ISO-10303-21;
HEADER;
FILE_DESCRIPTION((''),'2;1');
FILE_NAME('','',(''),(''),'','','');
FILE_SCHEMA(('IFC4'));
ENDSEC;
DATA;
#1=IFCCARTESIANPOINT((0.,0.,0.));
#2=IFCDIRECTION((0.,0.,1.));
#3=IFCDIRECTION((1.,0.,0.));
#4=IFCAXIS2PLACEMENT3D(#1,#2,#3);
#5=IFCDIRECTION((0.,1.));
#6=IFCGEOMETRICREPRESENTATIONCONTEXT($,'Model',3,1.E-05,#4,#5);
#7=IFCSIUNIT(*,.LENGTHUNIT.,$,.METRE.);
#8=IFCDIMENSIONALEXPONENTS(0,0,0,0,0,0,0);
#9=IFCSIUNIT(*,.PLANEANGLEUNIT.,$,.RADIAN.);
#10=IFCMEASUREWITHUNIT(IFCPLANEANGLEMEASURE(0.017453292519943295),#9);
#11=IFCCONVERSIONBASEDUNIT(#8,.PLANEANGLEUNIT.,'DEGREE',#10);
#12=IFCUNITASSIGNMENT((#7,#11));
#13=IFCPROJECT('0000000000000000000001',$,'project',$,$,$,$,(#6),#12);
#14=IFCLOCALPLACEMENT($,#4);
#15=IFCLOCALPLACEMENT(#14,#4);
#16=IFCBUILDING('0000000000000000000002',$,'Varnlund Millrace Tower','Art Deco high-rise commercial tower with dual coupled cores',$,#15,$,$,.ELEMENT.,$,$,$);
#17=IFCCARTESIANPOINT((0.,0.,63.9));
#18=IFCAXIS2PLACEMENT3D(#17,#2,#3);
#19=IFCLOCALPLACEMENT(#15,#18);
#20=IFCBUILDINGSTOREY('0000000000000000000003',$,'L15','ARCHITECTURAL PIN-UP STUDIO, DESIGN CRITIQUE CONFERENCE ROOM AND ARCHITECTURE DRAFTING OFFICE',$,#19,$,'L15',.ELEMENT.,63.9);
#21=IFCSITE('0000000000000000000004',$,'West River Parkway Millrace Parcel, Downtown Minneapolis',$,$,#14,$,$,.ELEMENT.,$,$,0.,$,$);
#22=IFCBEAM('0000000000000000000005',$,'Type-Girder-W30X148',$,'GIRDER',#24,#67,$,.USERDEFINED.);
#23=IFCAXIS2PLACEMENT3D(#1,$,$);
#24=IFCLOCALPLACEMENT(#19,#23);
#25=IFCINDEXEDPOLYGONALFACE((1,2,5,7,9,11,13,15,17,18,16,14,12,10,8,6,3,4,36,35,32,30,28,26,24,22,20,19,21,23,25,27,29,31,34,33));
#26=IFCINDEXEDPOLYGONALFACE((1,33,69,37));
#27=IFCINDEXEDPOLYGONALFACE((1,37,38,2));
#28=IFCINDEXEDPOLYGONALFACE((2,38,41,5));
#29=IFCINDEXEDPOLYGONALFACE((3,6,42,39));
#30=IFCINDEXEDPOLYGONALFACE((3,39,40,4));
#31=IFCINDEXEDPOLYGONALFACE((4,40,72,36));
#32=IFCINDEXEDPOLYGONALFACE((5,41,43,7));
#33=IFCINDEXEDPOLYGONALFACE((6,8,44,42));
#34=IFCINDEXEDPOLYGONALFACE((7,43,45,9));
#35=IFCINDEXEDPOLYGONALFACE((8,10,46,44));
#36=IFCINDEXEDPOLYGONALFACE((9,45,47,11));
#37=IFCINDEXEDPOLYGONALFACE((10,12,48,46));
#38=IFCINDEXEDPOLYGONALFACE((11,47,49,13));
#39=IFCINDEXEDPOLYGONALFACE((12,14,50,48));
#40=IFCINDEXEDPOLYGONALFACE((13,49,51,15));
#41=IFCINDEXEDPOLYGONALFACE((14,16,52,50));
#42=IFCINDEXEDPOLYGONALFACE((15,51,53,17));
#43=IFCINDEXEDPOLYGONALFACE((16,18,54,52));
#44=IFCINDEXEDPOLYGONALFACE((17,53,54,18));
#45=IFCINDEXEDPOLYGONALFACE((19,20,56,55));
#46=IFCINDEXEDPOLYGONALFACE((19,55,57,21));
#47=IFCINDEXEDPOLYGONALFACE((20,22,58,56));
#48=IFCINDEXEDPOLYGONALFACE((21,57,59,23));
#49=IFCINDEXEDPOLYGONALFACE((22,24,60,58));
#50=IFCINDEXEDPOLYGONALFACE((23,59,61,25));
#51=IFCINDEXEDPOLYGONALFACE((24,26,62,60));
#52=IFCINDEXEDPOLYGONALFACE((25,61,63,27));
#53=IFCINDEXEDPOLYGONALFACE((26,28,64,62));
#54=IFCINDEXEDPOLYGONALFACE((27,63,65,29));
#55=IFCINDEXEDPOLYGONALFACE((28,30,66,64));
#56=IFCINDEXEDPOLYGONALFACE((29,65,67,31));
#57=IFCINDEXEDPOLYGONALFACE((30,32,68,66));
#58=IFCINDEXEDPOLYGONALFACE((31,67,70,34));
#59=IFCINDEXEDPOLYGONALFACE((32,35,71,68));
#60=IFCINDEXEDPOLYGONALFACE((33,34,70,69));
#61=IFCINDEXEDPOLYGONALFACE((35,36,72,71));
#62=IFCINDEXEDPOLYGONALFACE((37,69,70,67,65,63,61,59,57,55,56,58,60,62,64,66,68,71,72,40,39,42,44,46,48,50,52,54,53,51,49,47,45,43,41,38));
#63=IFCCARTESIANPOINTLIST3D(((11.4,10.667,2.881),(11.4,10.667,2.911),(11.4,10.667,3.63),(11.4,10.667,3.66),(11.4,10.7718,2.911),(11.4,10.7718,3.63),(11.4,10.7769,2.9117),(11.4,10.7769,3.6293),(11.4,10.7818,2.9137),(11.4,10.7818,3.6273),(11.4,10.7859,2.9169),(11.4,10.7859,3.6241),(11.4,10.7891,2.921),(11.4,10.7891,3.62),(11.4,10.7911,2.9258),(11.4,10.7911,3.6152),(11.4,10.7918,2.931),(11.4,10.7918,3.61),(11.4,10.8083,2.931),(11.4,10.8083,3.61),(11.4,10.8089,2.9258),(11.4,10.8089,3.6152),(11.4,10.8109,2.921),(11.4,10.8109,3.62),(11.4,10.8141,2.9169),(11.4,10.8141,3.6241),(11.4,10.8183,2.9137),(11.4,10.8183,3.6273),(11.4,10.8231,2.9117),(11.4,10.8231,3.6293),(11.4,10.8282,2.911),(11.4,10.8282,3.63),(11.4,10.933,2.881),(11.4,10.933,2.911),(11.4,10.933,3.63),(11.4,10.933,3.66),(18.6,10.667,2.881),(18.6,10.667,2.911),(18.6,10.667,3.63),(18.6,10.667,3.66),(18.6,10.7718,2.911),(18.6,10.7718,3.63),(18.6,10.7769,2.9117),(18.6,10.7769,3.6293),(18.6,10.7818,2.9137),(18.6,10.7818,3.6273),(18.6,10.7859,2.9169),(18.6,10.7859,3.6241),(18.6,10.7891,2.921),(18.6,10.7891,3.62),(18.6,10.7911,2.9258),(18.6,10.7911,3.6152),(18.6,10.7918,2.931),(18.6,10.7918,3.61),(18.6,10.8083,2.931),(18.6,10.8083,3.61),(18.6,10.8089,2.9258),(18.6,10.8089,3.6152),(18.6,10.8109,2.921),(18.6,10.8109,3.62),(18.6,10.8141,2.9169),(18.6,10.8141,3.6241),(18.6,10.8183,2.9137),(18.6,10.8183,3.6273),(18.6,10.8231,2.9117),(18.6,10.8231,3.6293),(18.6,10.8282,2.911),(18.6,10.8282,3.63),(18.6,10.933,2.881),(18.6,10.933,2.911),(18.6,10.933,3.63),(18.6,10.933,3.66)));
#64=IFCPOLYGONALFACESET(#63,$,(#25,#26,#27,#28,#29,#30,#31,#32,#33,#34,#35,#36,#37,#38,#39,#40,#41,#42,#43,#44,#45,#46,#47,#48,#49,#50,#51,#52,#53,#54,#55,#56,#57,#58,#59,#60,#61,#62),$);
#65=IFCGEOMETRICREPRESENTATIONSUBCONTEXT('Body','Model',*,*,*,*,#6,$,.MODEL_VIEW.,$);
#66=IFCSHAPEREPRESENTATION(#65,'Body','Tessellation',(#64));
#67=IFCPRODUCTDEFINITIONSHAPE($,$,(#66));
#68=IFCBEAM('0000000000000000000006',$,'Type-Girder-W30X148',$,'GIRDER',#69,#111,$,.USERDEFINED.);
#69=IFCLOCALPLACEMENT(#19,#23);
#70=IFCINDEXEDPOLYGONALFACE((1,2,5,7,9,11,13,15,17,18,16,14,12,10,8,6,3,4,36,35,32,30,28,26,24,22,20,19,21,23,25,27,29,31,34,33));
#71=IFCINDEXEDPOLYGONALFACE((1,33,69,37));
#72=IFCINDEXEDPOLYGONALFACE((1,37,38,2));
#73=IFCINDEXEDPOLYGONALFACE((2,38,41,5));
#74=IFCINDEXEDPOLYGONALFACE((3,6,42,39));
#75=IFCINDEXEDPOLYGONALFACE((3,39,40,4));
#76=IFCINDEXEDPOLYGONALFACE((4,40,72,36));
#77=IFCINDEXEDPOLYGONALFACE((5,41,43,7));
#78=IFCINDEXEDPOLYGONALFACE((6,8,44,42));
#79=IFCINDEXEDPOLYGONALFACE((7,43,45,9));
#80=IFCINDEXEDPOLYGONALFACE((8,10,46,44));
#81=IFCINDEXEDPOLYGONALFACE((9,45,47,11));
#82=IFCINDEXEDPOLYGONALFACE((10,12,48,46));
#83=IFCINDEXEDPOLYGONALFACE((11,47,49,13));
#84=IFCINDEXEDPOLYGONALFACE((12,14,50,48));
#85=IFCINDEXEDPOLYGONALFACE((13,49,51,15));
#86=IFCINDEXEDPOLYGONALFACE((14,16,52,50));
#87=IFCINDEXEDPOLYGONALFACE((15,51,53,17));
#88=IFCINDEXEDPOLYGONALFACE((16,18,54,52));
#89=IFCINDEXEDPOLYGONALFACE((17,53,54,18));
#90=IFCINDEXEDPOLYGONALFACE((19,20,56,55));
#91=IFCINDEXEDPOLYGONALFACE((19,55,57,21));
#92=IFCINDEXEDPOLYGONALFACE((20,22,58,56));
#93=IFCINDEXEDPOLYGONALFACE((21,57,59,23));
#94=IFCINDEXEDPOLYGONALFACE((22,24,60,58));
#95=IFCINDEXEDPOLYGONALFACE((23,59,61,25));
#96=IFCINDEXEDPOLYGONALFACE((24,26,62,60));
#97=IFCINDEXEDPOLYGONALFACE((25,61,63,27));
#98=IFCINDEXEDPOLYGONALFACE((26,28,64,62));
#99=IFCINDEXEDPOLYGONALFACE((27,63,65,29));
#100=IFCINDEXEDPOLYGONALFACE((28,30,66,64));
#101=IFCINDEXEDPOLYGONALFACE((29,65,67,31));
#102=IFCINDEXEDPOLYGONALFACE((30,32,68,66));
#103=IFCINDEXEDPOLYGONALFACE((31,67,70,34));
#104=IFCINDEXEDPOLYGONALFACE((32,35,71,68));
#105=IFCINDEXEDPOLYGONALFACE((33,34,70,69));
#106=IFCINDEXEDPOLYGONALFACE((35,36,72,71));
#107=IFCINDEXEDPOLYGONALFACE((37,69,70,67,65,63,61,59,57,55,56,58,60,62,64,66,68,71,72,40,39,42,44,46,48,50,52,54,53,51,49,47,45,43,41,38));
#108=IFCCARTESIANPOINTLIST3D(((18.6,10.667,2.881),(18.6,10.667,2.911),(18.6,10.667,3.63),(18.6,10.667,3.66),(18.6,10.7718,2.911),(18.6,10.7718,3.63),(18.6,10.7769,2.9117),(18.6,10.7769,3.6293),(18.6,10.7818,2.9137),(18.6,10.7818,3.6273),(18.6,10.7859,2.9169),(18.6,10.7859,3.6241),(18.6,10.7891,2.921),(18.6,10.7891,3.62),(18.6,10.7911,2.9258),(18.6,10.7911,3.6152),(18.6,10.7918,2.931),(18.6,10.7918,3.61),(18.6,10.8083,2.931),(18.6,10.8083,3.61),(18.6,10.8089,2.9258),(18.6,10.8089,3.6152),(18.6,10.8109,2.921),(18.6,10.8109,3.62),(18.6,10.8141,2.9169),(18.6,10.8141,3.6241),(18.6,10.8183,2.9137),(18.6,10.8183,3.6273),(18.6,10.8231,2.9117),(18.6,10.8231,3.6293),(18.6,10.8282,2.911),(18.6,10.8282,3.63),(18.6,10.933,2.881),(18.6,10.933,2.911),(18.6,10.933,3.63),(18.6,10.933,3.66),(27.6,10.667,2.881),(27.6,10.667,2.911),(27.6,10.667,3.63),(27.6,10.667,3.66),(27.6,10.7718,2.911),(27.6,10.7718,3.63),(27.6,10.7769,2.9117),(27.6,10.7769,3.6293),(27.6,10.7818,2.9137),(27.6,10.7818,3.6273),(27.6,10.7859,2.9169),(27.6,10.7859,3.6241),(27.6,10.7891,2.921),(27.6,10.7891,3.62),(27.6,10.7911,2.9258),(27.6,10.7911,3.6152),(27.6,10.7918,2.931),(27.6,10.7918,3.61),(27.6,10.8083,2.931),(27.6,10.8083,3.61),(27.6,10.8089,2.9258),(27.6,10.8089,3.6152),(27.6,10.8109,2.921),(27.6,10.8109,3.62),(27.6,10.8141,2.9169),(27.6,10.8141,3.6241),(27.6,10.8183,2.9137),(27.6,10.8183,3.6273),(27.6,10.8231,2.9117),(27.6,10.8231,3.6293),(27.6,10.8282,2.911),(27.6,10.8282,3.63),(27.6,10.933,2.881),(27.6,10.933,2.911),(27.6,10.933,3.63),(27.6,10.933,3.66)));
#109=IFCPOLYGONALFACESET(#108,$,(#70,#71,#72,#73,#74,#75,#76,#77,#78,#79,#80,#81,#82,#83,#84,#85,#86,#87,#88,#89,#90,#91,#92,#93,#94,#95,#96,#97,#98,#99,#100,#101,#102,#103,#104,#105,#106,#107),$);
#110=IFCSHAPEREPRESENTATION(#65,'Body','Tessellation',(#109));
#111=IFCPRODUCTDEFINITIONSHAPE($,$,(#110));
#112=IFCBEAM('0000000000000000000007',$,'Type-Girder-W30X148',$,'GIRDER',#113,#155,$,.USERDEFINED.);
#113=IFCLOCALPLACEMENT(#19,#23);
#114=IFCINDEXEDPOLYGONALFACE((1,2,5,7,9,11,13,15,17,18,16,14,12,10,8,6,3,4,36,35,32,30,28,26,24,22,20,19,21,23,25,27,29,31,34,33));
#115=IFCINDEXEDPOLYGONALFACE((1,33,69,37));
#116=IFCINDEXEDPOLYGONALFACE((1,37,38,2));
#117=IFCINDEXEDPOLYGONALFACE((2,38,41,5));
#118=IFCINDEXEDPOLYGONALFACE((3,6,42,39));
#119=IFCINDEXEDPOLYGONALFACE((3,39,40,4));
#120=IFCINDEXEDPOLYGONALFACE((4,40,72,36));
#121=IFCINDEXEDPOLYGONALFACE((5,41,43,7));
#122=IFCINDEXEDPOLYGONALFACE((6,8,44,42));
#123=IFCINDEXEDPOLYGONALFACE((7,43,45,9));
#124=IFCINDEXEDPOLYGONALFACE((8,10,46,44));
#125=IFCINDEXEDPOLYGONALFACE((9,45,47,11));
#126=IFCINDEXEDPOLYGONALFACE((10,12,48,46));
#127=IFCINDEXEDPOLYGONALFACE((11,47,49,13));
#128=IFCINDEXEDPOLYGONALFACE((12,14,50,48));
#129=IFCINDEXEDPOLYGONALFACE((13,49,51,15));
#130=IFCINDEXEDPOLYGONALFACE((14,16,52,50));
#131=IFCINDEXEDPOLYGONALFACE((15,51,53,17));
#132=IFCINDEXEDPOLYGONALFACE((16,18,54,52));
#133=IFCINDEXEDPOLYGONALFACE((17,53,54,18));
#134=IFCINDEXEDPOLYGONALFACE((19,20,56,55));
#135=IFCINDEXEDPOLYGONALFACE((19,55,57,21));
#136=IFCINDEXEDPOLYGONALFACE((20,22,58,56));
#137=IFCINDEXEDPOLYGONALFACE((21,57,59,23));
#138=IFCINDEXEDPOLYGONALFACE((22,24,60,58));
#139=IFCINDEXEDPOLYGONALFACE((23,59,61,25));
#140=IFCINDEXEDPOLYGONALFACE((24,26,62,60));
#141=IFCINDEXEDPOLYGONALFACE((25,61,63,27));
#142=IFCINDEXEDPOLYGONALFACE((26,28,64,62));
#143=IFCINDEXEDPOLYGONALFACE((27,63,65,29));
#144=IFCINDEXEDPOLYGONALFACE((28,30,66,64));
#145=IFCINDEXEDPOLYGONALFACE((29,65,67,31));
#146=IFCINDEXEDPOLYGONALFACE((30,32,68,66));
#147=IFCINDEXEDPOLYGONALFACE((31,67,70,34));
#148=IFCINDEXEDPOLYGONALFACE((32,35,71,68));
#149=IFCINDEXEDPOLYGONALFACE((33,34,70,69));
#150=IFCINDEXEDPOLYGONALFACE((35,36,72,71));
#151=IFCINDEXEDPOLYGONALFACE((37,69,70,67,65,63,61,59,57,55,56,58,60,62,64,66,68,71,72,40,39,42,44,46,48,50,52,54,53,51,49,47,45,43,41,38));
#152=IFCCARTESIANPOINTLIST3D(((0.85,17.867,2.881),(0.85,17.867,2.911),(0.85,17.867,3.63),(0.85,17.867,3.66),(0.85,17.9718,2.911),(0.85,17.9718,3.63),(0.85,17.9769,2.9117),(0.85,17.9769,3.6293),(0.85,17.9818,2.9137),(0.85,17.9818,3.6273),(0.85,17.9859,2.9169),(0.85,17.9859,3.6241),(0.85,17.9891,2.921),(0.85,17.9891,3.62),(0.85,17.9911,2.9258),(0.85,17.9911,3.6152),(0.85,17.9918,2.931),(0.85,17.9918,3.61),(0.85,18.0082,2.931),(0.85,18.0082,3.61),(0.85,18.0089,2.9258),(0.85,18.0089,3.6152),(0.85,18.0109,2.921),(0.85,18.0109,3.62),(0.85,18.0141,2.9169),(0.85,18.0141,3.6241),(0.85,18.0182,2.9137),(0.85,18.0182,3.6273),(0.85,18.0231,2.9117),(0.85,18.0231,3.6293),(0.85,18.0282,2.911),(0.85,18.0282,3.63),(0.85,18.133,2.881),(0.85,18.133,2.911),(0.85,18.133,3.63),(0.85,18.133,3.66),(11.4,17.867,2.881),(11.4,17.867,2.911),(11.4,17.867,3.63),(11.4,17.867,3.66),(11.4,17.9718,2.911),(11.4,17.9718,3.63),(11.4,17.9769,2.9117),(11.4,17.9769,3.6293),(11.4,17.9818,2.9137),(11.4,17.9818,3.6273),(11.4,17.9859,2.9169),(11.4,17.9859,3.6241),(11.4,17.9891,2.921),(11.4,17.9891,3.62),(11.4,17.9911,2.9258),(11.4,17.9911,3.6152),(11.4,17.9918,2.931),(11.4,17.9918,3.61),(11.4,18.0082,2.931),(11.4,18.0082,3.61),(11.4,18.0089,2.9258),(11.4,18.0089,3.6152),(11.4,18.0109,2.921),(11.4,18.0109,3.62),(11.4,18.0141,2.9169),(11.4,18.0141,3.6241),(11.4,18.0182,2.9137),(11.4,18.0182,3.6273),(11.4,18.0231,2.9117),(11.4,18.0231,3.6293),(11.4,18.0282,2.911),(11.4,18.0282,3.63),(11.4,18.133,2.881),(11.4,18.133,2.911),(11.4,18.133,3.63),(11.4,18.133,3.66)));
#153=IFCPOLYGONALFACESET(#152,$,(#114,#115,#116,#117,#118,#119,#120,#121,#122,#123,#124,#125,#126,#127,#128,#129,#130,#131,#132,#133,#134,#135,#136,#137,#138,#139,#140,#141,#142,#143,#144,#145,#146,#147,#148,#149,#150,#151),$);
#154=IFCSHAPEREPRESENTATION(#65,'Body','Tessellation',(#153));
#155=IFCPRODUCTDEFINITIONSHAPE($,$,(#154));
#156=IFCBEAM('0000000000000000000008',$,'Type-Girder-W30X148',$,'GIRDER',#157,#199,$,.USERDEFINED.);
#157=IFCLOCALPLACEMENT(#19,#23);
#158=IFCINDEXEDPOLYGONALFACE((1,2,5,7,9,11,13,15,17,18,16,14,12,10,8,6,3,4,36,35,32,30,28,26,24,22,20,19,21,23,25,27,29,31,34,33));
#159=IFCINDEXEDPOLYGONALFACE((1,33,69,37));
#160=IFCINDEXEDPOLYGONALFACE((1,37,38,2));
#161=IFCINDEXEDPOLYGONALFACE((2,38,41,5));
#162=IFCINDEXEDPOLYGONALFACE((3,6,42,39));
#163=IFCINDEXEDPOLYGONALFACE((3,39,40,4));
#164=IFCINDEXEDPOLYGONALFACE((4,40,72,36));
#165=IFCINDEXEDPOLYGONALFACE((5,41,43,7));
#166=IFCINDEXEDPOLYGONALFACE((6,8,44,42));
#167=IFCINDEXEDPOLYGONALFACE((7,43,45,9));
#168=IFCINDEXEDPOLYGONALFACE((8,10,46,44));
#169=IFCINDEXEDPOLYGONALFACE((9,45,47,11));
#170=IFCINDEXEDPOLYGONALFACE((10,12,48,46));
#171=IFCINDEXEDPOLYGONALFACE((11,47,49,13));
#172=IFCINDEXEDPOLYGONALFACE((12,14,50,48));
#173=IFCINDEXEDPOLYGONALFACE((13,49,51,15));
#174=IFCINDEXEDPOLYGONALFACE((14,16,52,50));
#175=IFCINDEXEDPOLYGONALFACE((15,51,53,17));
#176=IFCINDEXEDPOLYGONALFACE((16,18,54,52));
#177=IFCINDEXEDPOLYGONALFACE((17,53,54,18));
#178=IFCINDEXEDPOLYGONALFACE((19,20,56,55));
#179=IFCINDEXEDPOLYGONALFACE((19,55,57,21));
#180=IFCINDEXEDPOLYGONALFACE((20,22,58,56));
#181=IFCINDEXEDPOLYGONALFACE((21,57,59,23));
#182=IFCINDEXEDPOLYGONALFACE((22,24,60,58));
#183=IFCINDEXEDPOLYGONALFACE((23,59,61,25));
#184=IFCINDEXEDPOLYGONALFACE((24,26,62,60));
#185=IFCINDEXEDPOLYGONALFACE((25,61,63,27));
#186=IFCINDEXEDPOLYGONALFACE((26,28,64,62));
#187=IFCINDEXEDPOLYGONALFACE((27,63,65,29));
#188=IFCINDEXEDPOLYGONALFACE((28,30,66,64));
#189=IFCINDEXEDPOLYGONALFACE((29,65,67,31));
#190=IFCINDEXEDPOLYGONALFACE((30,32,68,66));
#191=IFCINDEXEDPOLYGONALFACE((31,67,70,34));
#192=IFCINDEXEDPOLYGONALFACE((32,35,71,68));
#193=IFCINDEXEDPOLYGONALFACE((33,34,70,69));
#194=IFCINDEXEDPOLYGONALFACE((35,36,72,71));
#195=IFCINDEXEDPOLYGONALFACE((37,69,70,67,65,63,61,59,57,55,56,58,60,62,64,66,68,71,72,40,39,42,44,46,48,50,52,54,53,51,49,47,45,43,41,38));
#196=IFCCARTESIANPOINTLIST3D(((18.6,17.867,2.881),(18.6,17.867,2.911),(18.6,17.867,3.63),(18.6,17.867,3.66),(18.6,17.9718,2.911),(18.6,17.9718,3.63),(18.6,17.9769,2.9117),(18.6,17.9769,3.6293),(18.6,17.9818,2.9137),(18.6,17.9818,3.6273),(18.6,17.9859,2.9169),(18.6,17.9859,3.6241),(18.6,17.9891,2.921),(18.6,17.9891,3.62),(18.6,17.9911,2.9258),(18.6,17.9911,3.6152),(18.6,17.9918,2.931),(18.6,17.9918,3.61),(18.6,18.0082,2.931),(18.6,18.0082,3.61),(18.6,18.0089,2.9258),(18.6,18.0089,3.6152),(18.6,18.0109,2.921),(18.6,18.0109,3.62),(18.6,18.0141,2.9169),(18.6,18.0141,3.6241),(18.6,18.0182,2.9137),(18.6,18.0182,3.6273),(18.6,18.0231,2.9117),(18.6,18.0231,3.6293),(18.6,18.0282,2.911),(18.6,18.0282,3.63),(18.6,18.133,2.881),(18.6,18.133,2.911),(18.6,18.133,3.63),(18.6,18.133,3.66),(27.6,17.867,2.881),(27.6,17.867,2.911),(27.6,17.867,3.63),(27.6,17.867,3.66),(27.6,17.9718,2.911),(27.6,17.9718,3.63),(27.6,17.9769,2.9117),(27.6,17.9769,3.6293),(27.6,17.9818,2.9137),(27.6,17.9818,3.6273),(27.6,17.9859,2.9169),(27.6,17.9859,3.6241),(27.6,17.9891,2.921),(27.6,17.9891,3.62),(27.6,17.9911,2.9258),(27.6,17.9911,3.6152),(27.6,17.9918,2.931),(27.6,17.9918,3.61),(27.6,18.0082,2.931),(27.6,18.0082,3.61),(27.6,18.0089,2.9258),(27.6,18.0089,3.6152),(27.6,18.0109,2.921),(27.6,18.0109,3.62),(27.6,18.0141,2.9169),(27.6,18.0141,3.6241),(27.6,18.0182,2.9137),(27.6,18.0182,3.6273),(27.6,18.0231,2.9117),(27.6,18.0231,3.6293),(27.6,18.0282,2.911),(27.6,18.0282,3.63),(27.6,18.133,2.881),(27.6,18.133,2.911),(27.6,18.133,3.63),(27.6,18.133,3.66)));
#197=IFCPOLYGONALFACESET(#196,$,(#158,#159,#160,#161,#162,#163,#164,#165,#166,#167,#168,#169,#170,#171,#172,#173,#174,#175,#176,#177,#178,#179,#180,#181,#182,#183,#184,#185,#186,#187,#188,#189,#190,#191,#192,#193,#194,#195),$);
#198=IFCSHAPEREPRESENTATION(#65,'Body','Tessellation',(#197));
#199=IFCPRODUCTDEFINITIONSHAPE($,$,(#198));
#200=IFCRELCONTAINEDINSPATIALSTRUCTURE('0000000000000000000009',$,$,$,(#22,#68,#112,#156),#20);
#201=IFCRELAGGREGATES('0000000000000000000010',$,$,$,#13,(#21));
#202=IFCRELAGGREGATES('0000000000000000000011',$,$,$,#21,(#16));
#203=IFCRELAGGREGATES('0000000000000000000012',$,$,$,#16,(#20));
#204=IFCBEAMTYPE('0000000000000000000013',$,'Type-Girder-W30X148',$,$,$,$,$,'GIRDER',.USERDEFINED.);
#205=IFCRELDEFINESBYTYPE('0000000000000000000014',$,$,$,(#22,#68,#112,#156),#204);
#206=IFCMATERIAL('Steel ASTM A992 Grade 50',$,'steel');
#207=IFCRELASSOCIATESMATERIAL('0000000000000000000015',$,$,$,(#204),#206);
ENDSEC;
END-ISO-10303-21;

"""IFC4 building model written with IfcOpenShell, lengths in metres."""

from ifc_helpers import new_model, entity, si_unit, converted_unit, direction, frame, origin_with_axes, origin_2d_with_axis, place, context, subcontext, project, spatial, i_section, extrude, material, material_profile, profile_set, type_object, element, save


model = new_model("IFC4")

# Units and contexts
model_context = context("Model", 3, precision=1e-05, world=origin_with_axes(), true_north=direction((0.0, 1.0)))
body_context = subcontext(model_context, "Body", "Model", "MODEL_VIEW")
ifc_project = project(units=[si_unit("LENGTHUNIT", "METRE"), converted_unit("PLANEANGLEUNIT", "DEGREE", entity("IfcPlaneAngleMeasure", 0.017453292519943295), si_unit("PLANEANGLEUNIT", "RADIAN"), dimensions=[0, 0, 0, 0, 0, 0, 0])], contexts=[model_context])

# Site, building, storey
site_placement = place(None, origin_with_axes())
site = spatial("IfcSite", under=ifc_project, at=site_placement, Name="West River Parkway Millrace Parcel, Downtown Minneapolis", CompositionType="ELEMENT", RefElevation=0.0)
building_placement = place(site_placement, origin_with_axes())
building = spatial("IfcBuilding", under=site, at=building_placement, Name="Varnlund Millrace Tower", Description="Art Deco high-rise commercial tower with dual coupled cores", CompositionType="ELEMENT")
storey_placement = place(building_placement, frame((0.0, 0.0, 63.9), z_axis=(0.0, 0.0, 1.0), x_axis=(1.0, 0.0, 0.0)))
storey = spatial("IfcBuildingStorey", under=building, at=storey_placement, Name="L15", Description="ARCHITECTURAL PIN-UP STUDIO, DESIGN CRITIQUE CONFERENCE ROOM AND ARCHITECTURE DRAFTING OFFICE", LongName="L15", CompositionType="ELEMENT", Elevation=63.9)

# Beams
ifc_material_1 = material(Name="Steel ASTM A992 Grade 50", Category="steel")
ifc_material_profile_1 = material_profile(ifc_material_1, i_section(OverallWidth=0.266, OverallDepth=0.779, WebThickness=0.0165, FlangeThickness=0.03, FilletRadius=0.02, at=origin_2d_with_axis()), Name="Steel ASTM A992 Grade 50")
ifc_profile_set_1 = profile_set([ifc_material_profile_1], Name="Steel ASTM A992 Grade 50")
beam_type_1 = type_object("IfcBeamType", Name="Type-Girder-W30X148", ElementType="GIRDER", PredefinedType="USERDEFINED", material=ifc_profile_set_1)
beam_1_placement = place(storey_placement, frame((11.4, 10.8, 3.2705), z_axis=(1.0, 0.0, 0.0), x_axis=(0.0, 1.0, 0.0)))
element("IfcBeam", 1, at=beam_1_placement, inside=storey, type_object=beam_type_1, Name="Type-Girder-W30X148", ObjectType="GIRDER", PredefinedType="USERDEFINED", context=body_context, shape_type="SweptSolid", body=[
    extrude(i_section(OverallWidth=0.266, OverallDepth=0.779, WebThickness=0.0165, FlangeThickness=0.03, FilletRadius=0.02, at=origin_2d_with_axis()), origin_with_axes(), (0.0, 0.0, 1.0), 7.2),
])
beam_2_placement = place(storey_placement, frame((18.6, 10.8, 3.2705), z_axis=(1.0, 0.0, 0.0), x_axis=(0.0, 1.0, 0.0)))
element("IfcBeam", 2, at=beam_2_placement, inside=storey, type_object=beam_type_1, Name="Type-Girder-W30X148", ObjectType="GIRDER", PredefinedType="USERDEFINED", context=body_context, shape_type="SweptSolid", body=[
    extrude(i_section(OverallWidth=0.266, OverallDepth=0.779, WebThickness=0.0165, FlangeThickness=0.03, FilletRadius=0.02, at=origin_2d_with_axis()), origin_with_axes(), (0.0, 0.0, 1.0), 9.0),
])
beam_3_placement = place(storey_placement, frame((0.85, 18.0, 3.2705), z_axis=(1.0, 0.0, 0.0), x_axis=(0.0, 1.0, 0.0)))
element("IfcBeam", 3, at=beam_3_placement, inside=storey, type_object=beam_type_1, Name="Type-Girder-W30X148", ObjectType="GIRDER", PredefinedType="USERDEFINED", context=body_context, shape_type="SweptSolid", body=[
    extrude(i_section(OverallWidth=0.266, OverallDepth=0.779, WebThickness=0.0165, FlangeThickness=0.03, FilletRadius=0.02, at=origin_2d_with_axis()), origin_with_axes(), (0.0, 0.0, 1.0), 10.55),
])
beam_4_placement = place(storey_placement, frame((18.6, 18.0, 3.2705), z_axis=(1.0, 0.0, 0.0), x_axis=(0.0, 1.0, 0.0)))
element("IfcBeam", 4, at=beam_4_placement, inside=storey, type_object=beam_type_1, Name="Type-Girder-W30X148", ObjectType="GIRDER", PredefinedType="USERDEFINED", context=body_context, shape_type="SweptSolid", body=[
    extrude(i_section(OverallWidth=0.266, OverallDepth=0.779, WebThickness=0.0165, FlangeThickness=0.03, FilletRadius=0.02, at=origin_2d_with_axis()), origin_with_axes(), (0.0, 0.0, 1.0), 9.0),
])

save(model, "model.ifc")
